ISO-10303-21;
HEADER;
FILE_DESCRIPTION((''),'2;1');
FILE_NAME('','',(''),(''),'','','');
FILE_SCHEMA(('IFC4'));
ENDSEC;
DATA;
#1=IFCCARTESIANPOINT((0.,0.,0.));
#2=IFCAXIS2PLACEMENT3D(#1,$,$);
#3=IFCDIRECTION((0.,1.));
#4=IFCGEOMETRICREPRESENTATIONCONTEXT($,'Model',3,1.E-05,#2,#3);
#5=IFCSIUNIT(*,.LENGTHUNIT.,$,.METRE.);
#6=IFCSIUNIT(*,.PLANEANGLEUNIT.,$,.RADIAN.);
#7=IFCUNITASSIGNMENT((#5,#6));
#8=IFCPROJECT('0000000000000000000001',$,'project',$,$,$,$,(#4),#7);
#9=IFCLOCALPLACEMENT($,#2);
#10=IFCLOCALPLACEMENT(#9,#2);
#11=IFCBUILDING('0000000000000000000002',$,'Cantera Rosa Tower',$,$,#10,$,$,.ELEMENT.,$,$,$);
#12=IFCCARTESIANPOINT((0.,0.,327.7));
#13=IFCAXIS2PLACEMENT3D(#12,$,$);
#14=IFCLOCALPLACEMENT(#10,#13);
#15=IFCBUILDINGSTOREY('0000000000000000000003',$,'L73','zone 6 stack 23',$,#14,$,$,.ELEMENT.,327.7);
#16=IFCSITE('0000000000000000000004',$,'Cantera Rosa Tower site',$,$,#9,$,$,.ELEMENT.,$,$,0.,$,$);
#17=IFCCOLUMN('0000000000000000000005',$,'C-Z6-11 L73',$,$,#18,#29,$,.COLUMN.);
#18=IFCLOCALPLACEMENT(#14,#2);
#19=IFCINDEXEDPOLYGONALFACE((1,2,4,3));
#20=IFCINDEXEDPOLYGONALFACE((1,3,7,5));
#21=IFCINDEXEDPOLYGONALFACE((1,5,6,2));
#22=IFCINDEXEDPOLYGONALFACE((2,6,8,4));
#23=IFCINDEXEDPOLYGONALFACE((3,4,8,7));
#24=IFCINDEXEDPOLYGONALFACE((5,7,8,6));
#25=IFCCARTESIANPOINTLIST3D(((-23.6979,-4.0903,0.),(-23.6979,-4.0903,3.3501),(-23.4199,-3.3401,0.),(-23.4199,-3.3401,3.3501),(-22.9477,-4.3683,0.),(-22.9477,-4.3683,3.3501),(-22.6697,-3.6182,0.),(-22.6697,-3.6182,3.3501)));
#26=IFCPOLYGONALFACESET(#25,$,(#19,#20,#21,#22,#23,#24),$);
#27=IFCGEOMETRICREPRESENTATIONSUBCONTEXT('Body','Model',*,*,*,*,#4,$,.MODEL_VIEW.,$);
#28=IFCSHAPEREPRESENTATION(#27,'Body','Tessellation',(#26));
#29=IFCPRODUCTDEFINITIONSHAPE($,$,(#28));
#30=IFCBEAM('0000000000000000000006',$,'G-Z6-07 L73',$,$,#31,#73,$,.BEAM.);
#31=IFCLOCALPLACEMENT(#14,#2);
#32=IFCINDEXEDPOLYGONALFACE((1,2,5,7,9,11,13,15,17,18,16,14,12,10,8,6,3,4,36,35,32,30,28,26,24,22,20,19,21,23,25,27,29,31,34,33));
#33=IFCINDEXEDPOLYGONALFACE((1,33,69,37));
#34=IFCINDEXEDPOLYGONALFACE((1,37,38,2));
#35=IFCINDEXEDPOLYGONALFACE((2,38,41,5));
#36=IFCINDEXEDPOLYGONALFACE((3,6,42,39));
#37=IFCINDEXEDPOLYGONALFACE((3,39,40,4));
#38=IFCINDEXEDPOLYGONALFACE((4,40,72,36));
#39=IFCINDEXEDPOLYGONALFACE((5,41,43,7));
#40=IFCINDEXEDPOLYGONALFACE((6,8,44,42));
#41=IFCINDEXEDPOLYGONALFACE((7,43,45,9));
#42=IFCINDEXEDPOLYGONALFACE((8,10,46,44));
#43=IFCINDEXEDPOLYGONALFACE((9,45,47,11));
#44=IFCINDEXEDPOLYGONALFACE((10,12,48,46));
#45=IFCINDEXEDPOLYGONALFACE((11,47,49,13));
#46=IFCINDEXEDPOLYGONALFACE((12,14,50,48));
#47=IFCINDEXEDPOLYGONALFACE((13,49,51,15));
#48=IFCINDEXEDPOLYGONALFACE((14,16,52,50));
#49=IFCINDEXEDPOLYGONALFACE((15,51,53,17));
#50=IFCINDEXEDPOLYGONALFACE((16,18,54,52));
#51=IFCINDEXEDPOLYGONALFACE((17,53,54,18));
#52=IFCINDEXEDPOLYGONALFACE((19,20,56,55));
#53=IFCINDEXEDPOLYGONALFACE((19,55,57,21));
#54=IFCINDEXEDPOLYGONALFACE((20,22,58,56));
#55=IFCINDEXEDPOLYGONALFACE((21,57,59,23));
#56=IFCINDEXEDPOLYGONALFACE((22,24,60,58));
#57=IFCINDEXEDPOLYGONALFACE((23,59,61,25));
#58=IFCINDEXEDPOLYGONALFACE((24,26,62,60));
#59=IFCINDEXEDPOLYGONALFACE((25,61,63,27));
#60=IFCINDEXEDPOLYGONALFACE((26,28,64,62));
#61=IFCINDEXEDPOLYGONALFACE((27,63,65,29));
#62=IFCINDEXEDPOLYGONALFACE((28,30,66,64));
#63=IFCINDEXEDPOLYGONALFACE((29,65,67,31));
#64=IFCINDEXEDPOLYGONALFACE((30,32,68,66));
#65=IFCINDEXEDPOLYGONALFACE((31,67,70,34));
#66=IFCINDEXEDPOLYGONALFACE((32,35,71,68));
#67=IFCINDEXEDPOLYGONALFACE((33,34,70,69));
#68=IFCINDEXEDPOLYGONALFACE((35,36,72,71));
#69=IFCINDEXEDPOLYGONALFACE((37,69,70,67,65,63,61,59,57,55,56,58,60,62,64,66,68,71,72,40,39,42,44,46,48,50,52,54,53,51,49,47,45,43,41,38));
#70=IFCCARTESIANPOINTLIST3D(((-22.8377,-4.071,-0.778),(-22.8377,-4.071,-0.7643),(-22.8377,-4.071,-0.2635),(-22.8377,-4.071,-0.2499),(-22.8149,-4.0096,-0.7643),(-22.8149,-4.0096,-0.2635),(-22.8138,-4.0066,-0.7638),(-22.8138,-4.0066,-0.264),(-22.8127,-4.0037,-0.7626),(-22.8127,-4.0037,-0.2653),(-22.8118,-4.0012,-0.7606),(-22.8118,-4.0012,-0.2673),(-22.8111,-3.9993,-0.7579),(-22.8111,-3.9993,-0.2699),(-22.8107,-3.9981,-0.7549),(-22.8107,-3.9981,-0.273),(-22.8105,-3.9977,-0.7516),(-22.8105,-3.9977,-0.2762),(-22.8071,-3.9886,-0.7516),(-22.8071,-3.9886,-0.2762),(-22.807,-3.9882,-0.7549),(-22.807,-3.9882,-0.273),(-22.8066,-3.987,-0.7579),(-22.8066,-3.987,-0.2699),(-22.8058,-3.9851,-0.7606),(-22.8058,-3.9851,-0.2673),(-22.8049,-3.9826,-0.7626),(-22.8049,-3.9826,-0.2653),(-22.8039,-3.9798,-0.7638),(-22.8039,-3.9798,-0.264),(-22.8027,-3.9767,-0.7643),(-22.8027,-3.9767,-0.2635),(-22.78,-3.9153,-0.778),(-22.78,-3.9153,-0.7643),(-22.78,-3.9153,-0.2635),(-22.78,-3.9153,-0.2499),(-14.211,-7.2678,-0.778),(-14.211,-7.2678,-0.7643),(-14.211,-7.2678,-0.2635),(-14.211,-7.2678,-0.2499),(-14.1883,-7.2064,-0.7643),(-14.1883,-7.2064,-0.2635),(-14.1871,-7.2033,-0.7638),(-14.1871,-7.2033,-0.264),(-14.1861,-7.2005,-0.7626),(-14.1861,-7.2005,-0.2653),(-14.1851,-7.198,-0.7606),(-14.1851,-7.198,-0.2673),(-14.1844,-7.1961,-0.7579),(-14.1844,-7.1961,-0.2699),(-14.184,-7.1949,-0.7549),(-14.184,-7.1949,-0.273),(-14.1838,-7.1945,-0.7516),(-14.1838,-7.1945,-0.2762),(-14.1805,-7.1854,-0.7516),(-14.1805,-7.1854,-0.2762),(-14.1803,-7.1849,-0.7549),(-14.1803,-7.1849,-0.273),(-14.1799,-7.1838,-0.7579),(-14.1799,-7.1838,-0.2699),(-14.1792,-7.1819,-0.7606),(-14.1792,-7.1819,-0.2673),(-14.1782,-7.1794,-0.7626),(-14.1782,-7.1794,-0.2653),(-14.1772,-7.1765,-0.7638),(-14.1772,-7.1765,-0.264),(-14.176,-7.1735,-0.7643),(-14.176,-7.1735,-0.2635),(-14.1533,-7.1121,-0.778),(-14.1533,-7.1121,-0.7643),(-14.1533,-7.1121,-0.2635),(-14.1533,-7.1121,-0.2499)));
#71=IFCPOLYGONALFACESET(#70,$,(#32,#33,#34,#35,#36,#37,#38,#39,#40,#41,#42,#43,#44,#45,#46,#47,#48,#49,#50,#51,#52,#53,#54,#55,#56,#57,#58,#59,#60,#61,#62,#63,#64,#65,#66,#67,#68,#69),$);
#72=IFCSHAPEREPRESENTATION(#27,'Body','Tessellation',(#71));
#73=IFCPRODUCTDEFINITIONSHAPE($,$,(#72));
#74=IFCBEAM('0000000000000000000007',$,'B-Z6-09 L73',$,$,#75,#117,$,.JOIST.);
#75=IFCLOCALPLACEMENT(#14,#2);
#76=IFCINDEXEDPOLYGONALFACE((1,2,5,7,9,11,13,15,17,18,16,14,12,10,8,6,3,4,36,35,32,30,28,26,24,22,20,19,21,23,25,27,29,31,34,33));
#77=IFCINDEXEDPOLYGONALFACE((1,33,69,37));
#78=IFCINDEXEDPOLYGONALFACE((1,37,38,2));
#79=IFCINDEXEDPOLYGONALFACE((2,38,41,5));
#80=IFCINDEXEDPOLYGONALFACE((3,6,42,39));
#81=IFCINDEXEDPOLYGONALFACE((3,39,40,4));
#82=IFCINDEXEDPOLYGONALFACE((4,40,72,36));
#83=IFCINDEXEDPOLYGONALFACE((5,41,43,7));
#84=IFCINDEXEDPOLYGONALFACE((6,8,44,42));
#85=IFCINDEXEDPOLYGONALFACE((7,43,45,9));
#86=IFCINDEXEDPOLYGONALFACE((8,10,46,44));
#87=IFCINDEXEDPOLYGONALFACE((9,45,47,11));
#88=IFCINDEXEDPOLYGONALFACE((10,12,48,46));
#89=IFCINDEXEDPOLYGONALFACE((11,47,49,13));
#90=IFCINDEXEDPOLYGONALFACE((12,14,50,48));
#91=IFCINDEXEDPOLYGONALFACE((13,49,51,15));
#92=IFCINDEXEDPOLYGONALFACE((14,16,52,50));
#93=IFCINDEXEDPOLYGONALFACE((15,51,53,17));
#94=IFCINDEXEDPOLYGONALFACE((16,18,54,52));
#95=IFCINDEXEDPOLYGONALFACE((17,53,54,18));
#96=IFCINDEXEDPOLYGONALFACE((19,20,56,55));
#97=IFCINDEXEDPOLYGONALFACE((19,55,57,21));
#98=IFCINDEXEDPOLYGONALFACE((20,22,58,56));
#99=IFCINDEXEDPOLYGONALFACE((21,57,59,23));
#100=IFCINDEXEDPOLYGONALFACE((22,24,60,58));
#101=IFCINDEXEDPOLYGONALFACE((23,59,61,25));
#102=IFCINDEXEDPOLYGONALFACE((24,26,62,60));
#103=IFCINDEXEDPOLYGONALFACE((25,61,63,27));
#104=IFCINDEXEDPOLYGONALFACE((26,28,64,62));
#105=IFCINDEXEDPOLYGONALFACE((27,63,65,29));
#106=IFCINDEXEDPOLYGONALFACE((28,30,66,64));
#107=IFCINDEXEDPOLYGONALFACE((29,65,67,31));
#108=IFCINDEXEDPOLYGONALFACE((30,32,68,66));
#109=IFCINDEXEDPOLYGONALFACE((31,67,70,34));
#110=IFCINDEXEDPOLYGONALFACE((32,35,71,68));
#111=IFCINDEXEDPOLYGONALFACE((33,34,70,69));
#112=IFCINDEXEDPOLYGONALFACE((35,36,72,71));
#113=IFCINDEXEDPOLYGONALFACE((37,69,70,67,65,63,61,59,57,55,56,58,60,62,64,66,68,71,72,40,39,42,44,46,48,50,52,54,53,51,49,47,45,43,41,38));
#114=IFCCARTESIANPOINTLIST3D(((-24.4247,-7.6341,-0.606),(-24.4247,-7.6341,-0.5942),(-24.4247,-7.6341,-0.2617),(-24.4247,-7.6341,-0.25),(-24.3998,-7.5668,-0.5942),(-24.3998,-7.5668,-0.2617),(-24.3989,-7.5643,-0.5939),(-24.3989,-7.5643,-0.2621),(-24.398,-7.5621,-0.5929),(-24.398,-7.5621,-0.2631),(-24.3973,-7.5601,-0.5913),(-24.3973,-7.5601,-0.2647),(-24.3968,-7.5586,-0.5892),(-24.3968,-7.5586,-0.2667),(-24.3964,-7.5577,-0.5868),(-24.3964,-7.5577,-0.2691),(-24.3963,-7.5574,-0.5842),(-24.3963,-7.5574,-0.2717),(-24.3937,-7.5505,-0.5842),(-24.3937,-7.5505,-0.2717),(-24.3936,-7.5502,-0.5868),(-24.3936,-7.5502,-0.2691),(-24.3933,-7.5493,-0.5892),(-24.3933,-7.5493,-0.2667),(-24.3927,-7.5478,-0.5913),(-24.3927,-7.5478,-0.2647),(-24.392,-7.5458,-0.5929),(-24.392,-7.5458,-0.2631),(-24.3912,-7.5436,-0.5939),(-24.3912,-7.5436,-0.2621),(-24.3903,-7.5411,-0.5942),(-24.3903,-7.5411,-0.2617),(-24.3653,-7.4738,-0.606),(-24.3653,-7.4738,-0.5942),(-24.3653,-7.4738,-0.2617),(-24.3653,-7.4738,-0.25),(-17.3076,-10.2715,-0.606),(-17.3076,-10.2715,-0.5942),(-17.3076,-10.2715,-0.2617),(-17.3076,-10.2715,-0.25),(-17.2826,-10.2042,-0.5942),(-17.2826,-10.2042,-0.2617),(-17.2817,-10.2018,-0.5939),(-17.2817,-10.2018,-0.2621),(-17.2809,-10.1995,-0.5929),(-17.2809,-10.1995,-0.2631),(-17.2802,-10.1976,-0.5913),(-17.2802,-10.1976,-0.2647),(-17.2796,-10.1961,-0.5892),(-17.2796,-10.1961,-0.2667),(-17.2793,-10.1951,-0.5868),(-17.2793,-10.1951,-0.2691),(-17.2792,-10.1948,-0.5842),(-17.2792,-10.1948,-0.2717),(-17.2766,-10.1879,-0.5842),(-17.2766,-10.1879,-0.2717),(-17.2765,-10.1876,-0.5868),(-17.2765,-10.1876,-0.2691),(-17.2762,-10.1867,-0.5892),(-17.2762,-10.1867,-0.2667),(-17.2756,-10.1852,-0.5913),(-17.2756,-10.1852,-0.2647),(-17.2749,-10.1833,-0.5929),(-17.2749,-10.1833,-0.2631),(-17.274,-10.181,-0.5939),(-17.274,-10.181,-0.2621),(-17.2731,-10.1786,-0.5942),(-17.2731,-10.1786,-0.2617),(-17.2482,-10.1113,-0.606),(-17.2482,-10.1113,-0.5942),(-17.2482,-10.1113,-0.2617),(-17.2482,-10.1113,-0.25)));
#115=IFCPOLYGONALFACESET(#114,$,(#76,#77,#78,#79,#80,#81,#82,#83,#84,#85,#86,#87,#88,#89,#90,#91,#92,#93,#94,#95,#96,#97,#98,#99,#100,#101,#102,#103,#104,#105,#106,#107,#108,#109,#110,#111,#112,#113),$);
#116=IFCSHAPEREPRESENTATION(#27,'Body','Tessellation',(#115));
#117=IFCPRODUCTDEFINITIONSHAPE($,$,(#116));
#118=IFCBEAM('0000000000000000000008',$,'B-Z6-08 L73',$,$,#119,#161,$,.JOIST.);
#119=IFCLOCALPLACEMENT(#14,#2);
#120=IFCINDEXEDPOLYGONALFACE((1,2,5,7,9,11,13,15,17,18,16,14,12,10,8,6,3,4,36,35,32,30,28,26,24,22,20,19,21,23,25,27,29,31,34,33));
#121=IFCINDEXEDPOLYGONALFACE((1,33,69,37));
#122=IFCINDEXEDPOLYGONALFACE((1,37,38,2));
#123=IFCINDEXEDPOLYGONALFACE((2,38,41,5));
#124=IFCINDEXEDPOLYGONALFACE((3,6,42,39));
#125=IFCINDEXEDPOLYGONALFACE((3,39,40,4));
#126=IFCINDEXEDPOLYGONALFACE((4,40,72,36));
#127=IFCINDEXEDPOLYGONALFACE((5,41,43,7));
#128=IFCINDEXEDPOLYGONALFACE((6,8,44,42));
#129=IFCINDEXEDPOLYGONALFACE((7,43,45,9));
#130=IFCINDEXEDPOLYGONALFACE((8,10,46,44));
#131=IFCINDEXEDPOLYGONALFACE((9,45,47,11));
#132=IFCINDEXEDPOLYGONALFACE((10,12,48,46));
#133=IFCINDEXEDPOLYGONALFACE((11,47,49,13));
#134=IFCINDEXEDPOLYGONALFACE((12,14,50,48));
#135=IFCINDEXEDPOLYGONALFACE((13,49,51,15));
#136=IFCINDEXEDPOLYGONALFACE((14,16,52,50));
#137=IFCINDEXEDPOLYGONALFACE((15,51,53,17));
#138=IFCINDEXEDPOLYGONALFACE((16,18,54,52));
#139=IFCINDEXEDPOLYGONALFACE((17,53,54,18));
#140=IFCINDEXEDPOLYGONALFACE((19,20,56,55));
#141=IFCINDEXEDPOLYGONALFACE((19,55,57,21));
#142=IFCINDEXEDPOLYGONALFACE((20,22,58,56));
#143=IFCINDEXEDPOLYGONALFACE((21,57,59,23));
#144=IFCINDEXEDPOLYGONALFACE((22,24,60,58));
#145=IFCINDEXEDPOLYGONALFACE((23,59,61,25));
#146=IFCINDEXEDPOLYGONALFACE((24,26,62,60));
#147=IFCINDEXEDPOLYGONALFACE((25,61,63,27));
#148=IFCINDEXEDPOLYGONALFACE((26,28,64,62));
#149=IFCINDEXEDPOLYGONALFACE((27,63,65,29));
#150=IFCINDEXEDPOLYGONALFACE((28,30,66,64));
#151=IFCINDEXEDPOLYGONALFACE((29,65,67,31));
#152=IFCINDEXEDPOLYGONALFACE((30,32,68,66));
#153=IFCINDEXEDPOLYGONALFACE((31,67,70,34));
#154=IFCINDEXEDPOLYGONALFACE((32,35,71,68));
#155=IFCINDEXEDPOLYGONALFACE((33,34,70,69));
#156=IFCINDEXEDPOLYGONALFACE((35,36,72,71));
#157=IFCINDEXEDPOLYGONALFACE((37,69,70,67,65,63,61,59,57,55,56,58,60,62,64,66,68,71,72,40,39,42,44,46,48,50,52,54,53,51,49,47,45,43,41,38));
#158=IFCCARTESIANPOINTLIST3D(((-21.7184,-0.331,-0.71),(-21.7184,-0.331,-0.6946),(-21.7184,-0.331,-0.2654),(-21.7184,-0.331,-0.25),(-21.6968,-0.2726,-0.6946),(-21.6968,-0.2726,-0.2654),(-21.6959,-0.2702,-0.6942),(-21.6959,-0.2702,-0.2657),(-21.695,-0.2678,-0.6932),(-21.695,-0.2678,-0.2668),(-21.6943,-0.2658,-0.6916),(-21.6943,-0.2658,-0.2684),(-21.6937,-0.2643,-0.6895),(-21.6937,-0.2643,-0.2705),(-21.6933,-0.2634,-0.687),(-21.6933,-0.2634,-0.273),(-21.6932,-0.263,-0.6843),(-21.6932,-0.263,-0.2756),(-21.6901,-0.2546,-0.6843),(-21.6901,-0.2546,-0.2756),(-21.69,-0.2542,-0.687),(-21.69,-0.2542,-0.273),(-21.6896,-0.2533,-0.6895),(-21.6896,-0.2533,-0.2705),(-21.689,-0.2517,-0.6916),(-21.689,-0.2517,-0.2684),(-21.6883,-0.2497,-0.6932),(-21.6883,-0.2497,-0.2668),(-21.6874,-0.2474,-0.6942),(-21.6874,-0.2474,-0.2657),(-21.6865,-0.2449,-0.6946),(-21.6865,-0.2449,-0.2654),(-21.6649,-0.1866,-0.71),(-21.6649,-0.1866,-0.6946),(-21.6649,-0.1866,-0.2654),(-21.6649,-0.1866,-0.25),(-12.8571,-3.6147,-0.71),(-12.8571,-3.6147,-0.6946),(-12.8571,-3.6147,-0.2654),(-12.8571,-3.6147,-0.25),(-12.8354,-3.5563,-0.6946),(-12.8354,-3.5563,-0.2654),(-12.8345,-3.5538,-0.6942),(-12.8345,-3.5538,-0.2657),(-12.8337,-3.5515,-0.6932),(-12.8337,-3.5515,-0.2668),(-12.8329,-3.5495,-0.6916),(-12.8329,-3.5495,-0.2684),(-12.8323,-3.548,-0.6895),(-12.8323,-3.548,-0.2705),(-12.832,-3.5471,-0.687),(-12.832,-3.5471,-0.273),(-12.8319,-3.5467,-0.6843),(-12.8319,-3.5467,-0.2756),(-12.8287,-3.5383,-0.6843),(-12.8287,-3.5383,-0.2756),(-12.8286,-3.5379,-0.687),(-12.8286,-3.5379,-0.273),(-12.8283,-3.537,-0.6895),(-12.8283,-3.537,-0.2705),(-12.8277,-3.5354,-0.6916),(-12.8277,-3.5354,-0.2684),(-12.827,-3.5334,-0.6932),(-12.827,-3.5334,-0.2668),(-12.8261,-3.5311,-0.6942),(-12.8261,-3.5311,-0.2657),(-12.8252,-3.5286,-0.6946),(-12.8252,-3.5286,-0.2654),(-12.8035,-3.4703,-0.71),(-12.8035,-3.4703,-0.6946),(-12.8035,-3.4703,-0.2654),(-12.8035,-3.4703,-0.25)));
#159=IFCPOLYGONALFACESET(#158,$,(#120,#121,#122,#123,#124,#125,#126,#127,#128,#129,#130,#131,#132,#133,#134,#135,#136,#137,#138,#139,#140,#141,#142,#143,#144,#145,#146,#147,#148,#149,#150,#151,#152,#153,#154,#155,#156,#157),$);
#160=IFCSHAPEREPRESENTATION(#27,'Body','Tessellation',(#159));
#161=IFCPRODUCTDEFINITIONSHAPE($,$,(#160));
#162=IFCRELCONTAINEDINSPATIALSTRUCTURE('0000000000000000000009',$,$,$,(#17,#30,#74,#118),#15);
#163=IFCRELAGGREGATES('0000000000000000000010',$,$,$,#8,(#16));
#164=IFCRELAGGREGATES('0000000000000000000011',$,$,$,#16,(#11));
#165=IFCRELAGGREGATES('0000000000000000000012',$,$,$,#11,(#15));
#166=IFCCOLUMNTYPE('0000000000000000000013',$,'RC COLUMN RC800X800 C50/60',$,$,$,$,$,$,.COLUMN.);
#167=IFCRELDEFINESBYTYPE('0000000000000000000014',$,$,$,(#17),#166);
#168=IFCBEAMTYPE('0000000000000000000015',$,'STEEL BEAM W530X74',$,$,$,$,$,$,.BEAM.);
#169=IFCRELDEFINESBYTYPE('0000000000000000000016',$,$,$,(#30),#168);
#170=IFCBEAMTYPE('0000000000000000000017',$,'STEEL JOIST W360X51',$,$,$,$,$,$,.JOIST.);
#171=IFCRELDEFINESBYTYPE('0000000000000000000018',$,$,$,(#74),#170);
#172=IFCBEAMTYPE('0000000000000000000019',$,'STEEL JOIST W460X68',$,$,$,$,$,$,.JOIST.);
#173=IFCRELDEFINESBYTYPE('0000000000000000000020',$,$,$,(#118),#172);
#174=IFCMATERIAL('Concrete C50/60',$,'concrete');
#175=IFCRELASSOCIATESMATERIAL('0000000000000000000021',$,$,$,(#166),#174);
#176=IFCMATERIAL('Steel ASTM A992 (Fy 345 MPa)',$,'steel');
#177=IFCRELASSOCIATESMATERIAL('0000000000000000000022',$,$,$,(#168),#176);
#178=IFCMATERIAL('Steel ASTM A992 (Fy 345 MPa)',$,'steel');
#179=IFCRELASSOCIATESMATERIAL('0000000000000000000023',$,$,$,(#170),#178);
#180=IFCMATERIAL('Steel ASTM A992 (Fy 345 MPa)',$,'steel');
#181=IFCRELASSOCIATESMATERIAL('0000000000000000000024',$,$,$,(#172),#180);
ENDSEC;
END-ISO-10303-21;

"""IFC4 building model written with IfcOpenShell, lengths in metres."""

from ifc_helpers import new_model, si_unit, direction, frame, origin, origin_2d, place, context, subcontext, project, spatial, rectangle, i_section, extrude, material, material_profile, profile_set, type_object, element, save


model = new_model("IFC4")

# Units and contexts
model_context = context("Model", 3, precision=1e-05, world=origin(), true_north=direction((0.0, 1.0)))
body_context = subcontext(model_context, "Body", "Model", "MODEL_VIEW")
ifc_project = project(units=[si_unit("LENGTHUNIT", "METRE"), si_unit("PLANEANGLEUNIT", "RADIAN")], contexts=[model_context])

# Site, building, storey
site_placement = place(None, origin())
site = spatial("IfcSite", under=ifc_project, at=site_placement, Name="Cantera Rosa Tower site", CompositionType="ELEMENT", RefElevation=0.0)
building_placement = place(site_placement, origin())
building = spatial("IfcBuilding", under=site, at=building_placement, Name="Cantera Rosa Tower", CompositionType="ELEMENT")
storey_placement = place(building_placement, frame((0.0, 0.0, 327.7)))
storey = spatial("IfcBuildingStorey", under=building, at=storey_placement, Name="L73", Description="zone 6 stack 23", CompositionType="ELEMENT", Elevation=327.7)

# Column
ifc_material_1 = material(Name="Concrete C50/60", Category="concrete")
ifc_material_profile_1 = material_profile(ifc_material_1, rectangle(XDim=0.8, YDim=0.8, at=origin_2d()), Name="RC COLUMN RC800X800 C50/60")
ifc_profile_set_1 = profile_set([ifc_material_profile_1], Name="Concrete C50/60")
column_type = type_object("IfcColumnType", Name="RC COLUMN RC800X800 C50/60", PredefinedType="COLUMN", material=ifc_profile_set_1)
column_placement = place(storey_placement, frame((-23.1838, -3.8542, 0.0), z_axis=(0.0, 0.0, 1.0), x_axis=(0.347481, 0.937687, 0.0)))
element("IfcColumn", 1, at=column_placement, inside=storey, type_object=column_type, Name="C-Z6-11 L73", PredefinedType="COLUMN", context=body_context, shape_type="SweptSolid", body=[
    extrude(rectangle(XDim=0.8, YDim=0.8, at=origin_2d()), origin(), (0.0, 0.0, 1.0), 3.3501),
])

# Beams
ifc_material_2 = material(Name="Steel ASTM A992 (Fy 345 MPa)", Category="steel")
ifc_material_profile_2 = material_profile(ifc_material_2, i_section(OverallWidth=0.166, OverallDepth=0.5281, WebThickness=0.0098, FlangeThickness=0.0137, FilletRadius=0.0127, at=origin_2d()), Name="W530X74")
ifc_profile_set_2 = profile_set([ifc_material_profile_2], Name="Steel ASTM A992 (Fy 345 MPa)")
beam_type_1 = type_object("IfcBeamType", Name="STEEL BEAM W530X74", PredefinedType="BEAM", material=ifc_profile_set_2)
beam_1_placement = place(storey_placement, frame((-22.8088, -3.9932, -0.5139), z_axis=(0.937689, -0.347477, 0.0), x_axis=(0.347477, 0.937689, 0.0)))
element("IfcBeam", 2, at=beam_1_placement, inside=storey, type_object=beam_type_1, Name="G-Z6-07 L73", PredefinedType="BEAM", context=body_context, shape_type="SweptSolid", body=[
    extrude(i_section(OverallWidth=0.166, OverallDepth=0.5281, WebThickness=0.0098, FlangeThickness=0.0137, FilletRadius=0.0127, at=origin_2d()), origin(), (0.0, 0.0, 1.0), 9.2),
])
ifc_material_3 = material(Name="Steel ASTM A992 (Fy 345 MPa)", Category="steel")
ifc_material_profile_3 = material_profile(ifc_material_3, i_section(OverallWidth=0.1709, OverallDepth=0.356, WebThickness=0.0073, FlangeThickness=0.0117, FilletRadius=0.01, at=origin_2d()), Name="W360X51")
ifc_profile_set_3 = profile_set([ifc_material_profile_3], Name="Steel ASTM A992 (Fy 345 MPa)")
beam_type_2 = type_object("IfcBeamType", Name="STEEL JOIST W360X51", PredefinedType="JOIST", material=ifc_profile_set_3)
beam_2_placement = place(storey_placement, frame((-24.395, -7.554, -0.428), z_axis=(0.937686, -0.347483, 0.0), x_axis=(0.347483, 0.937686, 0.0)))
element("IfcBeam", 3, at=beam_2_placement, inside=storey, type_object=beam_type_2, Name="B-Z6-09 L73", PredefinedType="JOIST", context=body_context, shape_type="SweptSolid", body=[
    extrude(i_section(OverallWidth=0.1709, OverallDepth=0.356, WebThickness=0.0073, FlangeThickness=0.0117, FilletRadius=0.01, at=origin_2d()), origin(), (0.0, 0.0, 1.0), 7.5901),
])
ifc_material_4 = material(Name="Steel ASTM A992 (Fy 345 MPa)", Category="steel")
ifc_material_profile_4 = material_profile(ifc_material_4, i_section(OverallWidth=0.1541, OverallDepth=0.46, WebThickness=0.009, FlangeThickness=0.0154, FilletRadius=0.0103, at=origin_2d()), Name="W460X68")
ifc_profile_set_4 = profile_set([ifc_material_profile_4], Name="Steel ASTM A992 (Fy 345 MPa)")
beam_type_3 = type_object("IfcBeamType", Name="STEEL JOIST W460X68", PredefinedType="JOIST", material=ifc_profile_set_4)
beam_3_placement = place(storey_placement, frame((-21.6917, -0.2588, -0.48), z_axis=(0.93769, -0.347474, 0.0), x_axis=(0.347474, 0.93769, 0.0)))
element("IfcBeam", 4, at=beam_3_placement, inside=storey, type_object=beam_type_3, Name="B-Z6-08 L73", PredefinedType="JOIST", context=body_context, shape_type="SweptSolid", body=[
    extrude(i_section(OverallWidth=0.1541, OverallDepth=0.46, WebThickness=0.009, FlangeThickness=0.0154, FilletRadius=0.0103, at=origin_2d()), origin(), (0.0, 0.0, 1.0), 9.4502),
])

save(model, "model.ifc")
